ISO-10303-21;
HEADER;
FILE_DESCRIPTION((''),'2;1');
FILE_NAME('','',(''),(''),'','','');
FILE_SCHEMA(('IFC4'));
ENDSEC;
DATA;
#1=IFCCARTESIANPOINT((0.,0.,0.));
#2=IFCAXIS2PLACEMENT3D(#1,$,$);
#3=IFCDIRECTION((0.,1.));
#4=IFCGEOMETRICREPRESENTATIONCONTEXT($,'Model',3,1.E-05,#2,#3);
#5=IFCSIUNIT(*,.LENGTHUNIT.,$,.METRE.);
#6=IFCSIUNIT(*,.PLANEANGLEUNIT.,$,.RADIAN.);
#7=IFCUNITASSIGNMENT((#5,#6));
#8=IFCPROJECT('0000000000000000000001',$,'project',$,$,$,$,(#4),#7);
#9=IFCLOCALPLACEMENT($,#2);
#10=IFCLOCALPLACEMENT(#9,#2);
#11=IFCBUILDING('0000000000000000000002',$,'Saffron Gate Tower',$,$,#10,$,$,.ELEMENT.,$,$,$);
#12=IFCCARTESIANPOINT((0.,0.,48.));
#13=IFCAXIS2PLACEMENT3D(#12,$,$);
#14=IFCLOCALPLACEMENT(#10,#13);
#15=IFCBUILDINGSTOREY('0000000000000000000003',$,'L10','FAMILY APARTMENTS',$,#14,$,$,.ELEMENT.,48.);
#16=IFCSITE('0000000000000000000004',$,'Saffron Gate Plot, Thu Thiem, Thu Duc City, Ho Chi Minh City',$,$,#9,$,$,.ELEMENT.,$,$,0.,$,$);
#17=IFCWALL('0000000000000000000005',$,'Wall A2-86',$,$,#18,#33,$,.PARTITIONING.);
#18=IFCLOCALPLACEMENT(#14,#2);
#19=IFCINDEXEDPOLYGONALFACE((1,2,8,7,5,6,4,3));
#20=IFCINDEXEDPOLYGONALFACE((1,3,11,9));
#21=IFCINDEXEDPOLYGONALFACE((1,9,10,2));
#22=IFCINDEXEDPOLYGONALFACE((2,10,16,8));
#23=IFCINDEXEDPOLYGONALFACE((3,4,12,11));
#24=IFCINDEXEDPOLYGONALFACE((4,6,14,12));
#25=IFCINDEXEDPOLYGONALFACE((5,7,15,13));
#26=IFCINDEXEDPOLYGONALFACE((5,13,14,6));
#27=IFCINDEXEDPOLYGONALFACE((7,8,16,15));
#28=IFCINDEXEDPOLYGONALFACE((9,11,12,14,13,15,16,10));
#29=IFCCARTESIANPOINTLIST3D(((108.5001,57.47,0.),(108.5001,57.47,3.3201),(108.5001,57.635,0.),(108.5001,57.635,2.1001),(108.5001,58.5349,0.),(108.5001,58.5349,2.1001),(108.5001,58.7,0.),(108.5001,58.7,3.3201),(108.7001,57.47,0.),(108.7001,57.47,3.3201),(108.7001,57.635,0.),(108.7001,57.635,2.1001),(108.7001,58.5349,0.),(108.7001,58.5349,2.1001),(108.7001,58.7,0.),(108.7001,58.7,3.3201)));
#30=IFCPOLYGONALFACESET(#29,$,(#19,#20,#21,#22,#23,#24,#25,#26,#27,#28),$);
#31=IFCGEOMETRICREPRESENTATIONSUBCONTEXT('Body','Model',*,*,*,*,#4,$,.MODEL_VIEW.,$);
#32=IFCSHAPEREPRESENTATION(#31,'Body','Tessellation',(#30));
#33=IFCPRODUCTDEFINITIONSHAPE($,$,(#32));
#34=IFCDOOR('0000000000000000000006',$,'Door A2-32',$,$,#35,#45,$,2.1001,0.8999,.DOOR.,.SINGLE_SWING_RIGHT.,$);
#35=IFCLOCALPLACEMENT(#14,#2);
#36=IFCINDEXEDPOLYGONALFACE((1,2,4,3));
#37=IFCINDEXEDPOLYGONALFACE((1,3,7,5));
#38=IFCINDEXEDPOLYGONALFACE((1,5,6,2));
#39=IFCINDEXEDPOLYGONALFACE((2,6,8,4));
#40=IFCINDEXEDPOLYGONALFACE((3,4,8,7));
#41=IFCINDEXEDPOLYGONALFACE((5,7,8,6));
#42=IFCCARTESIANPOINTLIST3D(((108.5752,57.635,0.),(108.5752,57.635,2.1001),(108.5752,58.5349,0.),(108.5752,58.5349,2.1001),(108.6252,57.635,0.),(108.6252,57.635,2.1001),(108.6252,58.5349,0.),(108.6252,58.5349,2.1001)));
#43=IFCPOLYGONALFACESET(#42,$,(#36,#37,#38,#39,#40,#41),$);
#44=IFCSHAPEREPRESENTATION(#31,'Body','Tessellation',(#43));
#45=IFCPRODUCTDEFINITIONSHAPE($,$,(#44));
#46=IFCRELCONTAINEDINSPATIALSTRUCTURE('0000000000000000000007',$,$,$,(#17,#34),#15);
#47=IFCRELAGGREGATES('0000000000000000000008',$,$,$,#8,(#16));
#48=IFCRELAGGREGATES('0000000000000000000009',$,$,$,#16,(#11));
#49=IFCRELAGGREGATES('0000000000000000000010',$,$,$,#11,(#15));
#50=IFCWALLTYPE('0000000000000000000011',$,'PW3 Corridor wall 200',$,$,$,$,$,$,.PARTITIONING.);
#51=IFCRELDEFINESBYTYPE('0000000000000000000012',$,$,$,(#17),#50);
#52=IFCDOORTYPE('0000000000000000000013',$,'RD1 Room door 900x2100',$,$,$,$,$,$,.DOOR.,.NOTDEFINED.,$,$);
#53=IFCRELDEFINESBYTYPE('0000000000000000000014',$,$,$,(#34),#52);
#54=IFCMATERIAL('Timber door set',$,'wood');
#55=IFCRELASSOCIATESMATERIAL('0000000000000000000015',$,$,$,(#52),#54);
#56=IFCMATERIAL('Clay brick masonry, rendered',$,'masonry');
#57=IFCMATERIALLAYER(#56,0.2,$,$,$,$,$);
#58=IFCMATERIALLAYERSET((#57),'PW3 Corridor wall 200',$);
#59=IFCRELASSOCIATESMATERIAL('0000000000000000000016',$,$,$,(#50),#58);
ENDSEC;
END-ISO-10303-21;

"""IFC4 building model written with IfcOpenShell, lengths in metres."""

from ifc_helpers import new_model, si_unit, direction, frame, frame_2d, origin, place, context, subcontext, project, spatial, rectangle, extrude, material, layer, layer_set, type_object, element, fill, save


model = new_model("IFC4")

# Units and contexts
model_context = context("Model", 3, precision=1e-05, world=origin(), true_north=direction((0.0, 1.0)))
body_context = subcontext(model_context, "Body", "Model", "MODEL_VIEW")
ifc_project = project(units=[si_unit("LENGTHUNIT", "METRE"), si_unit("PLANEANGLEUNIT", "RADIAN")], contexts=[model_context])

# Site, building, storey
site_placement = place(None, origin())
site = spatial("IfcSite", under=ifc_project, at=site_placement, Name="Saffron Gate Plot, Thu Thiem, Thu Duc City, Ho Chi Minh City", CompositionType="ELEMENT", RefElevation=0.0)
building_placement = place(site_placement, origin())
building = spatial("IfcBuilding", under=site, at=building_placement, Name="Saffron Gate Tower", CompositionType="ELEMENT")
storey_placement = place(building_placement, frame((0.0, 0.0, 48.0)))
storey = spatial("IfcBuildingStorey", under=building, at=storey_placement, Name="L10", Description="FAMILY APARTMENTS", CompositionType="ELEMENT", Elevation=48.0)

# Shared definitions
ifc_material_1 = material(Name="Timber door set", Category="wood")

# Shared definitions
door_type_1 = type_object("IfcDoorType", Name="RD1 Room door 900x2100", OperationType="NOTDEFINED", PredefinedType="DOOR", material=ifc_material_1)

# Shared definitions
ifc_material_2 = material(Name="Clay brick masonry, rendered", Category="masonry")
ifc_layer_1 = layer(ifc_material_2, 0.2)
ifc_layer_set_1 = layer_set([ifc_layer_1], Name="PW3 Corridor wall 200")
wall_type_1 = type_object("IfcWallType", Name="PW3 Corridor wall 200", PredefinedType="PARTITIONING", material=ifc_layer_set_1)

# Wall, opening, door
wall_1_placement = place(storey_placement, frame((108.6001, 57.47, 0.0), z_axis=(0.0, 0.0, 1.0), x_axis=(0.0, 1.0, 0.0)))
wall_1 = element("IfcWall", 1, at=wall_1_placement, inside=storey, type_object=wall_type_1, Name="Wall A2-86", PredefinedType="PARTITIONING", context=body_context, shape_type="SweptSolid", body=[
    extrude(rectangle(XDim=1.23, YDim=0.2, at=frame_2d((0.615, 0.0))), origin(), (0.0, 0.0, 1.0), 3.3201),
])
opening_1_placement = place(wall_1_placement, frame((0.165, 0.0, 0.0)))
opening_1 = element("IfcOpeningElement", 2, at=opening_1_placement, cuts=wall_1, PredefinedType="OPENING", context=body_context, shape_type="SweptSolid", body=[
    extrude(rectangle(XDim=0.8999, YDim=2.1001, at=frame_2d((0.45, 1.05))), frame((0.0, 0.1099, 0.0), z_axis=(0.0, -1.0, 0.0), x_axis=(1.0, 0.0, 0.0)), (0.0, 0.0, 1.0), 0.22),
])
door_1_placement = place(opening_1_placement, origin())
door_1 = element("IfcDoor", 3, at=door_1_placement, inside=storey, type_object=door_type_1, Name="Door A2-32", OperationType="SINGLE_SWING_RIGHT", OverallHeight=2.1001, OverallWidth=0.8999, PredefinedType="DOOR", context=body_context, shape_type="SweptSolid", body=[
    extrude(rectangle(XDim=0.8999, YDim=2.1001, at=frame_2d((0.45, 1.05))), frame((0.0, 0.0249, 0.0), z_axis=(0.0, -1.0, 0.0), x_axis=(1.0, 0.0, 0.0)), (0.0, 0.0, 1.0), 0.05),
])
fill(opening_1, door_1)

save(model, "model.ifc")
